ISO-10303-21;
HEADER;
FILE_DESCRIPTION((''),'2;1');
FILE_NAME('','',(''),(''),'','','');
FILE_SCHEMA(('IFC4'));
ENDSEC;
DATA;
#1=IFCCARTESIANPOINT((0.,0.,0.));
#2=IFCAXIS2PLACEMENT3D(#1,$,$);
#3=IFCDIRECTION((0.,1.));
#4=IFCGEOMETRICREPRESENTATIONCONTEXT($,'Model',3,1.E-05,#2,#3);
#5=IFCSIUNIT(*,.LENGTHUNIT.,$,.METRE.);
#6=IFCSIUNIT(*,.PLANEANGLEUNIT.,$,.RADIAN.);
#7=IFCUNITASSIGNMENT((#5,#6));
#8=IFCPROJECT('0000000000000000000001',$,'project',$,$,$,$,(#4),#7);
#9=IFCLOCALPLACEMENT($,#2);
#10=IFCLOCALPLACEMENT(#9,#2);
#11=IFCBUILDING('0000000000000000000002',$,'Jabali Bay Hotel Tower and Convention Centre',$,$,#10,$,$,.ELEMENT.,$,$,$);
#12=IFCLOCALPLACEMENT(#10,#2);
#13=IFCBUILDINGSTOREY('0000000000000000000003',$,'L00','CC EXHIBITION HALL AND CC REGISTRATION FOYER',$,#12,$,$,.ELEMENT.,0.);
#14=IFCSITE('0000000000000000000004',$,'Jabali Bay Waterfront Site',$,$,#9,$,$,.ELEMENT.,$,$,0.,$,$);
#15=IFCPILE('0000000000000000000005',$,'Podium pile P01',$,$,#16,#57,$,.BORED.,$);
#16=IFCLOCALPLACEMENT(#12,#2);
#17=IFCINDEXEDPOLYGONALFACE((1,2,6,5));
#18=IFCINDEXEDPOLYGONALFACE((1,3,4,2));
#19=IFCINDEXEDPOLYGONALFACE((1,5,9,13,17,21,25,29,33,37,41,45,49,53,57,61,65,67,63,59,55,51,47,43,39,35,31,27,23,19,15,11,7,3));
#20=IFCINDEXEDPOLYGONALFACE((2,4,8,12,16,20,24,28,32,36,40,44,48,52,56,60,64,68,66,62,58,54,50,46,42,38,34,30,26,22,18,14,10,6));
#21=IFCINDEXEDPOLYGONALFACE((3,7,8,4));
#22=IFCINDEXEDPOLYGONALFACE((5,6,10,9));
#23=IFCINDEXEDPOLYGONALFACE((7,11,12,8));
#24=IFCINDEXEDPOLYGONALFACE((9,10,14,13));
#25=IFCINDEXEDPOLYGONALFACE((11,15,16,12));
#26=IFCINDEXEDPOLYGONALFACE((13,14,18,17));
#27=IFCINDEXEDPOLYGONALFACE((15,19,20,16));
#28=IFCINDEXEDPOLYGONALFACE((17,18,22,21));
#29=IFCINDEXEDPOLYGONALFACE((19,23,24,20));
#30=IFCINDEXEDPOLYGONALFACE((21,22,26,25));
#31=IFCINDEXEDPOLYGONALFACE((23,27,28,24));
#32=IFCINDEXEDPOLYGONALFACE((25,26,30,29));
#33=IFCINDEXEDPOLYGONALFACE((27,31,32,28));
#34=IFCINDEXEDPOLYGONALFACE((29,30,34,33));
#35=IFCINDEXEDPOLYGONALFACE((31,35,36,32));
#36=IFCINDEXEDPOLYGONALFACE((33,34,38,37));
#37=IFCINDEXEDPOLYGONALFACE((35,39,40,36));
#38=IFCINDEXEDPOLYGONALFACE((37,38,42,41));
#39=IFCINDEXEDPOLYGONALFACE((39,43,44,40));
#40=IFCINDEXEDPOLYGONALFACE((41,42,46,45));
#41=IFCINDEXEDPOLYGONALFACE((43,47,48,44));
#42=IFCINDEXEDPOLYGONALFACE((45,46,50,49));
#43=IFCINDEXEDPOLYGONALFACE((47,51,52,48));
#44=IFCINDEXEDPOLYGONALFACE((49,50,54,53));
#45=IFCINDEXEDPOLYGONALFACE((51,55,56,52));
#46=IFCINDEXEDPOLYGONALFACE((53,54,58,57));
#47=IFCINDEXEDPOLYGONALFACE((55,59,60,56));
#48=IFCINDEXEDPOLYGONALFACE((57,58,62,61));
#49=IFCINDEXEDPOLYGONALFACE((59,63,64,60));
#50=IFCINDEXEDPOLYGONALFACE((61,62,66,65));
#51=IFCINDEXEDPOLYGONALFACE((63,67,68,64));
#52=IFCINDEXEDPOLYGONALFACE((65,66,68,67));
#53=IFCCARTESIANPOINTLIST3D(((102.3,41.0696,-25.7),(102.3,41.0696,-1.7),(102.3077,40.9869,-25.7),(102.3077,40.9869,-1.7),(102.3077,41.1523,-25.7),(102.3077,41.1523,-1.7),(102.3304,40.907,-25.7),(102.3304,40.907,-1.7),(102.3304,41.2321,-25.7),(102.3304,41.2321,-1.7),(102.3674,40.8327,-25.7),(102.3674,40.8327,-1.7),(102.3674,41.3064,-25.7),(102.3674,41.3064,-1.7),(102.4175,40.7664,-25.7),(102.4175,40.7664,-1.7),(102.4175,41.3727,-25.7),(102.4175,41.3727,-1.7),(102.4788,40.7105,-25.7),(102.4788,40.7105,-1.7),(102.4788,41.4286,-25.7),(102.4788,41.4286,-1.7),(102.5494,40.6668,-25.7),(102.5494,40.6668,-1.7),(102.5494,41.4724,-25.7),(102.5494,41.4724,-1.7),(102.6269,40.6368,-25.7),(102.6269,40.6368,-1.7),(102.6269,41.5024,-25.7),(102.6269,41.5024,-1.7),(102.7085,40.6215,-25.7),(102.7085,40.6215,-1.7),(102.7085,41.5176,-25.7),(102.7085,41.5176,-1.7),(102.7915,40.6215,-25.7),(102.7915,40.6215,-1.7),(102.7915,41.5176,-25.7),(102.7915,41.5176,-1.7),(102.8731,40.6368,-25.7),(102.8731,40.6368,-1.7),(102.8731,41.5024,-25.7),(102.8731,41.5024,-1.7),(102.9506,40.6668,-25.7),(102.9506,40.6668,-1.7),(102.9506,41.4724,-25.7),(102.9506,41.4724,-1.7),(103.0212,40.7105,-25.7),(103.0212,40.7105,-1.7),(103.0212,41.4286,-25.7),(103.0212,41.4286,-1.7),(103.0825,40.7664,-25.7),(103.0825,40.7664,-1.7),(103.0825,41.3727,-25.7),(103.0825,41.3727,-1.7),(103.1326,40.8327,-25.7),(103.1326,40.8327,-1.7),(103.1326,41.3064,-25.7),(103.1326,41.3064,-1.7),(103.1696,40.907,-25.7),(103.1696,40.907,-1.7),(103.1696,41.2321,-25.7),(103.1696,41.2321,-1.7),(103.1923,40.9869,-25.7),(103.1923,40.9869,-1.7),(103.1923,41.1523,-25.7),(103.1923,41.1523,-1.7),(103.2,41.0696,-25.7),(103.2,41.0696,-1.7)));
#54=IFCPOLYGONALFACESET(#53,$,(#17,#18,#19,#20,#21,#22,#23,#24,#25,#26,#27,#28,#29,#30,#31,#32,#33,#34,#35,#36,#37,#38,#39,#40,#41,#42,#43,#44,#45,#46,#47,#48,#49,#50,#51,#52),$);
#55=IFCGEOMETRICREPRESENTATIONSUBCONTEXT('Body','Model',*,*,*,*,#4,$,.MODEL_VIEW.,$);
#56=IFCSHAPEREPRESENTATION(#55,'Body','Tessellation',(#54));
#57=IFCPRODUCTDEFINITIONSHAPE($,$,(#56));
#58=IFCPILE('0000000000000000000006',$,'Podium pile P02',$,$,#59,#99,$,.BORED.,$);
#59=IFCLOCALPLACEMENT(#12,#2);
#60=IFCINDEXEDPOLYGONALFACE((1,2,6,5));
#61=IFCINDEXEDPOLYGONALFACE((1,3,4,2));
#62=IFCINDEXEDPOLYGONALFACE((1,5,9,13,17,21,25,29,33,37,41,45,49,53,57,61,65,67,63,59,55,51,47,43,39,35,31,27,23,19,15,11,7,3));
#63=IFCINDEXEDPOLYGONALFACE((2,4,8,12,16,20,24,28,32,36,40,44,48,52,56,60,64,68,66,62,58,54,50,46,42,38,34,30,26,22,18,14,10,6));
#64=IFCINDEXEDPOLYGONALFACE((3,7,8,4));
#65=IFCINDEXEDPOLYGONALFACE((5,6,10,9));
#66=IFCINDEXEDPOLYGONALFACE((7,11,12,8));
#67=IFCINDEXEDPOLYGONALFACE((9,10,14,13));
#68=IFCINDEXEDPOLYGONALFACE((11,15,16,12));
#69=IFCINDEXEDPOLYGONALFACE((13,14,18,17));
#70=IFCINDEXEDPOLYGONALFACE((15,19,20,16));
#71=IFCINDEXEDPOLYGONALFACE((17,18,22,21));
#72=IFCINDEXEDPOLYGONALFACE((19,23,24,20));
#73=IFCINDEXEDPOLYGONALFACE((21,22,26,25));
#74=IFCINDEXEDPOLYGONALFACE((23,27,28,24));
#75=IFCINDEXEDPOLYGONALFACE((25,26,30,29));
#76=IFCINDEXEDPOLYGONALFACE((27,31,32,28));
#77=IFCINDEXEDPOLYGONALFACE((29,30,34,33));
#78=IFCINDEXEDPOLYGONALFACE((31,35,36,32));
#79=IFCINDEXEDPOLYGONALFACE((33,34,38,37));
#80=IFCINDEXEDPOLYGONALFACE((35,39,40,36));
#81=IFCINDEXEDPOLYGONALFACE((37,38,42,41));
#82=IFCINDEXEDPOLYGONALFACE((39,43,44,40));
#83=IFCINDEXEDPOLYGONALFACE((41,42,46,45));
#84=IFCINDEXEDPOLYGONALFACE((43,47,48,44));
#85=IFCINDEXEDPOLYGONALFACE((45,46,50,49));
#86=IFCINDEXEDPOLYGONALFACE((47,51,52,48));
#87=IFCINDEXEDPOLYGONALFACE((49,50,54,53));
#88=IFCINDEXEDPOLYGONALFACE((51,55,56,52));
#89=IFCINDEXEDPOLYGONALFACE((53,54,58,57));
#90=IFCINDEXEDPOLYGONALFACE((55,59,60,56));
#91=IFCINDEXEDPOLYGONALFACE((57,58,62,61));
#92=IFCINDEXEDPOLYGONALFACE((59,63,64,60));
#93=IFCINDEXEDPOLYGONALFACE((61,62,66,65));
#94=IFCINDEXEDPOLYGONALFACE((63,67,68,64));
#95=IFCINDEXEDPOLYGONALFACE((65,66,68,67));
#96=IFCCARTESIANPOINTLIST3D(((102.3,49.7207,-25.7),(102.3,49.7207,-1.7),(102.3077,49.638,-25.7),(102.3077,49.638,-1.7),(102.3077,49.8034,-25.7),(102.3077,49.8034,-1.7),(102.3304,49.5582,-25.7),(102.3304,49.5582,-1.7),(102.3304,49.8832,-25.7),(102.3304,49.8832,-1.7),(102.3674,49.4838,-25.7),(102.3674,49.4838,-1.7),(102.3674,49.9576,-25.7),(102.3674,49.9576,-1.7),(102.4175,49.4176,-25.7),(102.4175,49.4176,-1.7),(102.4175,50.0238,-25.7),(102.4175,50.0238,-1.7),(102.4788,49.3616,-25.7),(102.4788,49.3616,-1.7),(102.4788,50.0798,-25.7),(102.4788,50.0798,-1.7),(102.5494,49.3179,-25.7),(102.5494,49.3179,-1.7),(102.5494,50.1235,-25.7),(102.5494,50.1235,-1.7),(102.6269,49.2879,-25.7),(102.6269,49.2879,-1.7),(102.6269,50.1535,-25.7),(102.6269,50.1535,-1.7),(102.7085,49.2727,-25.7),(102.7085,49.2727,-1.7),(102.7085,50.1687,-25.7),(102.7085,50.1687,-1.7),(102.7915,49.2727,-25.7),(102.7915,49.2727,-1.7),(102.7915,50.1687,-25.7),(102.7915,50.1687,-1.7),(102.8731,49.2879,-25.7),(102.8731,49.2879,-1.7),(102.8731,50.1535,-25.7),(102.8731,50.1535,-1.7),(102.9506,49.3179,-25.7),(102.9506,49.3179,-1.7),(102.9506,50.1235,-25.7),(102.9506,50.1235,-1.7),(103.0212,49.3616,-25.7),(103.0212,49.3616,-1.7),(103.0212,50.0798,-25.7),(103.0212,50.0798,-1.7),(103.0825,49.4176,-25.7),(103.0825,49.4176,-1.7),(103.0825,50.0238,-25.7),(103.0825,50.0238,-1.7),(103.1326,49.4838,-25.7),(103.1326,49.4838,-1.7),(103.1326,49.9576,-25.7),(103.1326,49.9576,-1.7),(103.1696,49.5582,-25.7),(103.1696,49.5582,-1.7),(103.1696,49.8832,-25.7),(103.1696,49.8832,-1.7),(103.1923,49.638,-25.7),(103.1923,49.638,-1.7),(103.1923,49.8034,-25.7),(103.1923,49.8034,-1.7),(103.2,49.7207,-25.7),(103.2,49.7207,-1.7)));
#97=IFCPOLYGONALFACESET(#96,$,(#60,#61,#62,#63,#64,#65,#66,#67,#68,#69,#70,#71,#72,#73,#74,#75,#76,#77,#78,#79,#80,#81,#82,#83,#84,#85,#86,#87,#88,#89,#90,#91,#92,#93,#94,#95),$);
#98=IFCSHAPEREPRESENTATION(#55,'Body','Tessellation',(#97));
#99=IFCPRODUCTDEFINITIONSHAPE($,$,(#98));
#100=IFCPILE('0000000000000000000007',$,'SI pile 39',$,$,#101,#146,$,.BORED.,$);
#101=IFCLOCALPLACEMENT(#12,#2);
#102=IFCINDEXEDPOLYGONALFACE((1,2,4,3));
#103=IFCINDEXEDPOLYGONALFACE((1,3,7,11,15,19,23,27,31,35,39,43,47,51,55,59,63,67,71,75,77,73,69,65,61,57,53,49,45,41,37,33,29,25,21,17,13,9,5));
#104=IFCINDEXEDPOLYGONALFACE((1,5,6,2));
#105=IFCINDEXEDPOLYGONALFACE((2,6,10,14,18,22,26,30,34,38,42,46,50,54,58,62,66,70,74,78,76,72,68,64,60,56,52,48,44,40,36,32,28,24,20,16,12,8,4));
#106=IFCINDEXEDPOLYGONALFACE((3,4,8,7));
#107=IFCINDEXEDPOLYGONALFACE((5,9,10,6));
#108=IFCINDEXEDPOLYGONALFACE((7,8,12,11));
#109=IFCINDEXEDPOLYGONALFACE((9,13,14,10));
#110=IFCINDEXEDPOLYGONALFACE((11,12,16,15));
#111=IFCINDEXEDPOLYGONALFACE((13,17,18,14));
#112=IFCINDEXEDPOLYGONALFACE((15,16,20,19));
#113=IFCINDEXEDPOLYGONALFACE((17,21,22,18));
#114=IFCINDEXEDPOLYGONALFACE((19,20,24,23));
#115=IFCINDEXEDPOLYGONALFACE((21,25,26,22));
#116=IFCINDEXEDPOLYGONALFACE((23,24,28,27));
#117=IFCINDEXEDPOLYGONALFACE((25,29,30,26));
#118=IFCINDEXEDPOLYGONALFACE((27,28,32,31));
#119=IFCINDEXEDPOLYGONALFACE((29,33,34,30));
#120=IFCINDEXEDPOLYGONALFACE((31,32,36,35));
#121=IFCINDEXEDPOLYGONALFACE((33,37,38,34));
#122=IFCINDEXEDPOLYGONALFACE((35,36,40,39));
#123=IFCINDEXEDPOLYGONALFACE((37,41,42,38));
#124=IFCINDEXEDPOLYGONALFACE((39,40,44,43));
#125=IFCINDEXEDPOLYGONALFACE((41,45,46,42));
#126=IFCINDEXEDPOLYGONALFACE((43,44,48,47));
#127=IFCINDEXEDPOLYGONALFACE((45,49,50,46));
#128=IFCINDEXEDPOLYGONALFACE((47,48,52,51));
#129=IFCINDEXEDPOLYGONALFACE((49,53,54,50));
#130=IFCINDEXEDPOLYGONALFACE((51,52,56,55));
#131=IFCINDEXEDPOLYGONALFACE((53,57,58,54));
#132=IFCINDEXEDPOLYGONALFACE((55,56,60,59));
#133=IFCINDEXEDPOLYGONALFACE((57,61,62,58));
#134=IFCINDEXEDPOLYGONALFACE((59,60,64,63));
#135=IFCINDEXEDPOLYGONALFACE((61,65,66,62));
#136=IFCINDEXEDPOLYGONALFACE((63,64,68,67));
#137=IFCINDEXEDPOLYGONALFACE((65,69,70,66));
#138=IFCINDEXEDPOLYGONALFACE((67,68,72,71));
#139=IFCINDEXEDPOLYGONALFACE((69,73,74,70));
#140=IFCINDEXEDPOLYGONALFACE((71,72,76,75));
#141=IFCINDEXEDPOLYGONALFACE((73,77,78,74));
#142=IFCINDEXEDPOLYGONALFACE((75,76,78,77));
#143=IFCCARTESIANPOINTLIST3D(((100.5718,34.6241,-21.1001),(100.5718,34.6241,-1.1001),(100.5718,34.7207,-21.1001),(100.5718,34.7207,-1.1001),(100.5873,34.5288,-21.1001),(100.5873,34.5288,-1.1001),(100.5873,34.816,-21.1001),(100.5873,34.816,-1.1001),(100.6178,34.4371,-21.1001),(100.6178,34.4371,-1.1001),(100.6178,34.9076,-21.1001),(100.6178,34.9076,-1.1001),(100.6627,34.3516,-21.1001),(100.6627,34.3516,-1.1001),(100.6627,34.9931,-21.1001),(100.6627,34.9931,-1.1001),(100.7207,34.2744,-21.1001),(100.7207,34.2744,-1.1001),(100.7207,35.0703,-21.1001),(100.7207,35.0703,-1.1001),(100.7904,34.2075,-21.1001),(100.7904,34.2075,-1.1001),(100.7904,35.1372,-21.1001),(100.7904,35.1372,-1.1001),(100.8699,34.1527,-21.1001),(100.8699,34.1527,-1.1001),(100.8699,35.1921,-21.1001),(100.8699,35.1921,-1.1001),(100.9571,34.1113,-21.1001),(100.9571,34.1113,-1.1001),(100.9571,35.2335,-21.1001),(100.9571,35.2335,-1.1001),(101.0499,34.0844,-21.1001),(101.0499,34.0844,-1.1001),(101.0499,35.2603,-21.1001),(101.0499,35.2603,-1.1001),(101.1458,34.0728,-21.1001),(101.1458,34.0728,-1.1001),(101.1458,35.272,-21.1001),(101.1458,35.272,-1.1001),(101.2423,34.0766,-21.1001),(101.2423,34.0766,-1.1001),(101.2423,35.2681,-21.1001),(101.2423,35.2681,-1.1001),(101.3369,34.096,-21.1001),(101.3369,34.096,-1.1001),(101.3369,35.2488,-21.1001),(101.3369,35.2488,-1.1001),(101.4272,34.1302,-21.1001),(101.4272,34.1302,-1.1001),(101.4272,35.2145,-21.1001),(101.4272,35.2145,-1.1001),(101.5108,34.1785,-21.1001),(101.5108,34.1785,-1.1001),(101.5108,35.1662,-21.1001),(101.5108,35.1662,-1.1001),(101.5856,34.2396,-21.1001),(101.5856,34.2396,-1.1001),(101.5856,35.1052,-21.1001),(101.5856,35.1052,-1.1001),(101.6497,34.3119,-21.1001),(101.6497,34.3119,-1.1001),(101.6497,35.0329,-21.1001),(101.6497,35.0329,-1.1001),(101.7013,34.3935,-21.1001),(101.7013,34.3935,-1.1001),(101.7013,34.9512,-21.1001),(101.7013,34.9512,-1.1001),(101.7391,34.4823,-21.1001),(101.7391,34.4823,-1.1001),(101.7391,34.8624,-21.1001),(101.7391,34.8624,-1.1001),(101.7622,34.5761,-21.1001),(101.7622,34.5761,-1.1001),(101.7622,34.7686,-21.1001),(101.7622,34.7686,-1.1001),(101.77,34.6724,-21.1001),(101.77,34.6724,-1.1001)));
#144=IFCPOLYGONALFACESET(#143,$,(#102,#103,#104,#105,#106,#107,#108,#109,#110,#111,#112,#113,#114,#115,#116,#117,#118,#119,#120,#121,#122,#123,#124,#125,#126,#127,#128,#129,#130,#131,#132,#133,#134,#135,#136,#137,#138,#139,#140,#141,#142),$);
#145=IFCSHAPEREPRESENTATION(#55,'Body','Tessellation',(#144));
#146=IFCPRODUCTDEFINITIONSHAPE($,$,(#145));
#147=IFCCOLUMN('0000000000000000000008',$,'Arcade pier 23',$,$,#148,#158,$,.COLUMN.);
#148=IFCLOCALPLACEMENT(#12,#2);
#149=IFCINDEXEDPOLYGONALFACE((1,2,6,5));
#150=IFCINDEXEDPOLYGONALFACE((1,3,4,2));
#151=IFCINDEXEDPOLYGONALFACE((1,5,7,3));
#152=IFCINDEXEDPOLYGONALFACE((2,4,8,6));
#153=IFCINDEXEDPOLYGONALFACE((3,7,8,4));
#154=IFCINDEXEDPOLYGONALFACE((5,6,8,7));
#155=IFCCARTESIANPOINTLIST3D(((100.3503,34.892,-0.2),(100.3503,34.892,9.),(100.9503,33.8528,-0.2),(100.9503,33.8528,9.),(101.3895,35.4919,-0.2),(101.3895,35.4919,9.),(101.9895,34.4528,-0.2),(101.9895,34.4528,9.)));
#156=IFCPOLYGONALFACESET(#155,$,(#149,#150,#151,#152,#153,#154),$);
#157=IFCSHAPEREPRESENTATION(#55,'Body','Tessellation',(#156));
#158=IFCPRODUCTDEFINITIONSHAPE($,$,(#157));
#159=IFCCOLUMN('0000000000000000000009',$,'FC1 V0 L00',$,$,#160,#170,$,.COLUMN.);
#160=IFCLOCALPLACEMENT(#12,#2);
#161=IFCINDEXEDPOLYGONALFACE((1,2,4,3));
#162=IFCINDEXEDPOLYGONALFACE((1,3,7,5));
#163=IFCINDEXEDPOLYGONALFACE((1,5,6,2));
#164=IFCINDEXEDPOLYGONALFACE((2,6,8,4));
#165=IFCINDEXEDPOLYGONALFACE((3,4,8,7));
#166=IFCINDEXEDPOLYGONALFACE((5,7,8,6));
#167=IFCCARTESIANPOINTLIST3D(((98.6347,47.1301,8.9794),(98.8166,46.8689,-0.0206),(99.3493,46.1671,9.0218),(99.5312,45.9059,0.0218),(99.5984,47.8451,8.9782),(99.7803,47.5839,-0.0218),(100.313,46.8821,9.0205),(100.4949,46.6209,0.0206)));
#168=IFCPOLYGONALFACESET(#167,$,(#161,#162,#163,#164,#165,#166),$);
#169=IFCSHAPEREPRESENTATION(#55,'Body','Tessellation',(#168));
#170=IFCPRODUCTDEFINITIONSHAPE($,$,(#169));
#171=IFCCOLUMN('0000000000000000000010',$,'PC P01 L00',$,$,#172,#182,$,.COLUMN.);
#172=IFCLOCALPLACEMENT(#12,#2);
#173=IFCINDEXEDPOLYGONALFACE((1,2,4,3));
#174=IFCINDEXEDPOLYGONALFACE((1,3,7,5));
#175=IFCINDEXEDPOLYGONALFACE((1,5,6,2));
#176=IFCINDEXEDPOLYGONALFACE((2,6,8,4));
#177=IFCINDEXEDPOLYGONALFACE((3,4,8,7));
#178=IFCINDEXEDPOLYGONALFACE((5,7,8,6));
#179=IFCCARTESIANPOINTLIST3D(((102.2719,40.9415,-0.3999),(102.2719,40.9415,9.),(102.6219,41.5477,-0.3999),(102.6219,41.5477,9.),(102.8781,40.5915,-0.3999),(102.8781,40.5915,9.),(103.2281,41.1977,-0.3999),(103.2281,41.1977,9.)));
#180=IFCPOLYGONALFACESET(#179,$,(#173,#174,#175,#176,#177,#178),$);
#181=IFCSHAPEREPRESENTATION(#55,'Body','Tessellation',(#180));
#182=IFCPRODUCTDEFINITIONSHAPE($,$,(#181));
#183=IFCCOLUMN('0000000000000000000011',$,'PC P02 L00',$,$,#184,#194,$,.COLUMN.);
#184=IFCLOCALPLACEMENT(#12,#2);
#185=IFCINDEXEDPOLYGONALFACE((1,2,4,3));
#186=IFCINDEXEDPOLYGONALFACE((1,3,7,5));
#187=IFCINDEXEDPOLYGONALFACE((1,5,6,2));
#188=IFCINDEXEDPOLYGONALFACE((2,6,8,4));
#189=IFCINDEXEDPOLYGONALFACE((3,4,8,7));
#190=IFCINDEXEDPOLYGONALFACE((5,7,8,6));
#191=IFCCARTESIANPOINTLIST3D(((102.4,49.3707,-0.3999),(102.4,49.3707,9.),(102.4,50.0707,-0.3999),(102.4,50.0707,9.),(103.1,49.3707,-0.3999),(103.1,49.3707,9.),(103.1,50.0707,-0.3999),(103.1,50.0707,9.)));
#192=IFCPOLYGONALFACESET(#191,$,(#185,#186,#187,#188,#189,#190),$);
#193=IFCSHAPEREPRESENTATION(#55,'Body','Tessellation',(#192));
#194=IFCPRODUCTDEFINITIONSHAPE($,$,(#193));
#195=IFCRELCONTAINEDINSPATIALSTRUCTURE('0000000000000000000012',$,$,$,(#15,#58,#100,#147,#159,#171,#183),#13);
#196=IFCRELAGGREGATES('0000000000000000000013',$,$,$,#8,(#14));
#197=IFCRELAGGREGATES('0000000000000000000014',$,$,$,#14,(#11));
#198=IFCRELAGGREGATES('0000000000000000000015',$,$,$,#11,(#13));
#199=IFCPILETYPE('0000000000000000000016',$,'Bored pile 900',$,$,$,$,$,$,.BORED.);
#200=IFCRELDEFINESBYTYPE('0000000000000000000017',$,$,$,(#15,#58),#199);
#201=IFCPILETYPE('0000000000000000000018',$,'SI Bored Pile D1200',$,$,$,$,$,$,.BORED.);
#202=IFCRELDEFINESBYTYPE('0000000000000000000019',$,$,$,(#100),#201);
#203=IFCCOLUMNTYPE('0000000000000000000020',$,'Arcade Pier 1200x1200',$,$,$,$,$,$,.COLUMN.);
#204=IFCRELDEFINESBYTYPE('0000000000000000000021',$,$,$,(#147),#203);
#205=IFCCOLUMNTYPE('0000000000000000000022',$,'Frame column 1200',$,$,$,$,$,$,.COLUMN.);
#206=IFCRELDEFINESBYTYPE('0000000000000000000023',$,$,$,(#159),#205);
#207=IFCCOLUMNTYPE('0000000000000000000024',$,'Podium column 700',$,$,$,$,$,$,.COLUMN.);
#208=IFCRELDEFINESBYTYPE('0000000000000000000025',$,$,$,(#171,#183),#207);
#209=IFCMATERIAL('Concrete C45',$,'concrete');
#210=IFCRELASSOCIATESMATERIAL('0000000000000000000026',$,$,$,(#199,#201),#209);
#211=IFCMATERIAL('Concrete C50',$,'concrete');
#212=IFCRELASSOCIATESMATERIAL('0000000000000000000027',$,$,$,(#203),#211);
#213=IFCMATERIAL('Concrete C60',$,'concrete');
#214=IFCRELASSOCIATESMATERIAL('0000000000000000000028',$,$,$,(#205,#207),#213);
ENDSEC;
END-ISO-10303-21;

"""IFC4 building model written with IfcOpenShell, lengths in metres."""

from ifc_helpers import new_model, si_unit, direction, frame, origin, origin_2d, place, context, subcontext, project, spatial, rectangle, circle, extrude, material, material_profile, profile_set, type_object, element, save


model = new_model("IFC4")

# Units and contexts
model_context = context("Model", 3, precision=1e-05, world=origin(), true_north=direction((0.0, 1.0)))
body_context = subcontext(model_context, "Body", "Model", "MODEL_VIEW")
ifc_project = project(units=[si_unit("LENGTHUNIT", "METRE"), si_unit("PLANEANGLEUNIT", "RADIAN")], contexts=[model_context])

# Site, building, storey
site_placement = place(None, origin())
site = spatial("IfcSite", under=ifc_project, at=site_placement, Name="Jabali Bay Waterfront Site", CompositionType="ELEMENT", RefElevation=0.0)
building_placement = place(site_placement, origin())
building = spatial("IfcBuilding", under=site, at=building_placement, Name="Jabali Bay Hotel Tower and Convention Centre", CompositionType="ELEMENT")
storey_placement = place(building_placement, origin())
storey = spatial("IfcBuildingStorey", under=building, at=storey_placement, Name="L00", Description="CC EXHIBITION HALL AND CC REGISTRATION FOYER", CompositionType="ELEMENT", Elevation=0.0)

# Piles
ifc_material_1 = material(Name="Concrete C45", Category="concrete")
ifc_material_profile_1 = material_profile(ifc_material_1, circle(Radius=0.45, at=origin_2d()), Name="Bored pile 900")
ifc_profile_set_1 = profile_set([ifc_material_profile_1], Name="Concrete C45")
pile_type_1 = type_object("IfcPileType", Name="Bored pile 900", PredefinedType="BORED", material=ifc_profile_set_1)
for number, where, z_axis, x_axis, name in (
    (1, (102.75, 41.0696, -1.7), (0.0, 0.0, -1.0), (1.0, 0.0, 0.0), "Podium pile P01"),
    (2, (102.75, 49.7207, -1.7), (0.0, 0.0, -1.0), (1.0, 0.0, 0.0), "Podium pile P02"),
):
    element("IfcPile", number, at=place(storey_placement, frame(where, z_axis=z_axis, x_axis=x_axis)), inside=storey, type_object=pile_type_1, Name=name, PredefinedType="BORED", context=body_context, shape_type="SweptSolid", body=[
        extrude(circle(Radius=0.45, at=origin_2d()), origin(), (0.0, 0.0, 1.0), 24.0),
    ])
ifc_material_profile_2 = material_profile(ifc_material_1, circle(Radius=0.6001, at=origin_2d()), Name="D1200")
ifc_profile_set_2 = profile_set([ifc_material_profile_2], Name="Concrete C45")
pile_type_2 = type_object("IfcPileType", Name="SI Bored Pile D1200", PredefinedType="BORED", material=ifc_profile_set_2)
pile_placement = place(storey_placement, frame((101.1699, 34.6724, -1.1001), z_axis=(0.0, 0.0, -1.0), x_axis=(1.0, 0.0, 0.0)))
element("IfcPile", 3, at=pile_placement, inside=storey, type_object=pile_type_2, Name="SI pile 39", PredefinedType="BORED", context=body_context, shape_type="SweptSolid", body=[
    extrude(circle(Radius=0.6001, at=origin_2d()), origin(), (0.0, 0.0, 1.0), 20.0),
])

# Columns
ifc_material_2 = material(Name="Concrete C50", Category="concrete")
ifc_material_profile_3 = material_profile(ifc_material_2, rectangle(XDim=1.2, YDim=1.2, at=origin_2d()), Name="RC 1200x1200")
ifc_profile_set_3 = profile_set([ifc_material_profile_3], Name="Concrete C50")
column_type_1 = type_object("IfcColumnType", Name="Arcade Pier 1200x1200", PredefinedType="COLUMN", material=ifc_profile_set_3)
column_1_placement = place(storey_placement, frame((101.1699, 34.6724, -0.2), z_axis=(0.0, 0.0, 1.0), x_axis=(0.866025, 0.5, 0.0)))
element("IfcColumn", 4, at=column_1_placement, inside=storey, type_object=column_type_1, Name="Arcade pier 23", PredefinedType="COLUMN", context=body_context, shape_type="SweptSolid", body=[
    extrude(rectangle(XDim=1.2, YDim=1.2, at=origin_2d()), origin(), (0.0, 0.0, 1.0), 9.2),
])
ifc_material_3 = material(Name="Concrete C60", Category="concrete")
ifc_material_profile_4 = material_profile(ifc_material_3, rectangle(XDim=1.2, YDim=1.2, at=origin_2d()), Name="Frame column 1200")
ifc_profile_set_4 = profile_set([ifc_material_profile_4], Name="Concrete C60")
column_type_2 = type_object("IfcColumnType", Name="Frame column 1200", PredefinedType="COLUMN", material=ifc_profile_set_4)
column_2_placement = place(storey_placement, frame((99.6558, 46.7449, 0.0), z_axis=(-0.020197, 0.029007, 0.999375), x_axis=(-0.803081, -0.595869, 0.001066)))
element("IfcColumn", 5, at=column_2_placement, inside=storey, type_object=column_type_2, Name="FC1 V0 L00", PredefinedType="COLUMN", context=body_context, shape_type="SweptSolid", body=[
    extrude(rectangle(XDim=1.2, YDim=1.2, at=origin_2d()), origin(), (0.0, 0.0, 1.0), 9.0056),
])
ifc_material_profile_5 = material_profile(ifc_material_3, rectangle(XDim=0.7, YDim=0.7, at=origin_2d()), Name="Podium column 700")
ifc_profile_set_5 = profile_set([ifc_material_profile_5], Name="Concrete C60")
column_type_3 = type_object("IfcColumnType", Name="Podium column 700", PredefinedType="COLUMN", material=ifc_profile_set_5)
for number, where, z_axis, x_axis, name in (
    (6, (102.75, 41.0696, -0.3999), (0.0, 0.0, 1.0), (0.5, 0.866025, 0.0), "PC P01 L00"),
    (7, (102.75, 49.7207, -0.3999), (0.0, 0.0, 1.0), (1.0, 0.0, 0.0), "PC P02 L00"),
):
    element("IfcColumn", number, at=place(storey_placement, frame(where, z_axis=z_axis, x_axis=x_axis)), inside=storey, type_object=column_type_3, Name=name, PredefinedType="COLUMN", context=body_context, shape_type="SweptSolid", body=[
        extrude(rectangle(XDim=0.7, YDim=0.7, at=origin_2d()), origin(), (0.0, 0.0, 1.0), 9.3999),
    ])

save(model, "model.ifc")
